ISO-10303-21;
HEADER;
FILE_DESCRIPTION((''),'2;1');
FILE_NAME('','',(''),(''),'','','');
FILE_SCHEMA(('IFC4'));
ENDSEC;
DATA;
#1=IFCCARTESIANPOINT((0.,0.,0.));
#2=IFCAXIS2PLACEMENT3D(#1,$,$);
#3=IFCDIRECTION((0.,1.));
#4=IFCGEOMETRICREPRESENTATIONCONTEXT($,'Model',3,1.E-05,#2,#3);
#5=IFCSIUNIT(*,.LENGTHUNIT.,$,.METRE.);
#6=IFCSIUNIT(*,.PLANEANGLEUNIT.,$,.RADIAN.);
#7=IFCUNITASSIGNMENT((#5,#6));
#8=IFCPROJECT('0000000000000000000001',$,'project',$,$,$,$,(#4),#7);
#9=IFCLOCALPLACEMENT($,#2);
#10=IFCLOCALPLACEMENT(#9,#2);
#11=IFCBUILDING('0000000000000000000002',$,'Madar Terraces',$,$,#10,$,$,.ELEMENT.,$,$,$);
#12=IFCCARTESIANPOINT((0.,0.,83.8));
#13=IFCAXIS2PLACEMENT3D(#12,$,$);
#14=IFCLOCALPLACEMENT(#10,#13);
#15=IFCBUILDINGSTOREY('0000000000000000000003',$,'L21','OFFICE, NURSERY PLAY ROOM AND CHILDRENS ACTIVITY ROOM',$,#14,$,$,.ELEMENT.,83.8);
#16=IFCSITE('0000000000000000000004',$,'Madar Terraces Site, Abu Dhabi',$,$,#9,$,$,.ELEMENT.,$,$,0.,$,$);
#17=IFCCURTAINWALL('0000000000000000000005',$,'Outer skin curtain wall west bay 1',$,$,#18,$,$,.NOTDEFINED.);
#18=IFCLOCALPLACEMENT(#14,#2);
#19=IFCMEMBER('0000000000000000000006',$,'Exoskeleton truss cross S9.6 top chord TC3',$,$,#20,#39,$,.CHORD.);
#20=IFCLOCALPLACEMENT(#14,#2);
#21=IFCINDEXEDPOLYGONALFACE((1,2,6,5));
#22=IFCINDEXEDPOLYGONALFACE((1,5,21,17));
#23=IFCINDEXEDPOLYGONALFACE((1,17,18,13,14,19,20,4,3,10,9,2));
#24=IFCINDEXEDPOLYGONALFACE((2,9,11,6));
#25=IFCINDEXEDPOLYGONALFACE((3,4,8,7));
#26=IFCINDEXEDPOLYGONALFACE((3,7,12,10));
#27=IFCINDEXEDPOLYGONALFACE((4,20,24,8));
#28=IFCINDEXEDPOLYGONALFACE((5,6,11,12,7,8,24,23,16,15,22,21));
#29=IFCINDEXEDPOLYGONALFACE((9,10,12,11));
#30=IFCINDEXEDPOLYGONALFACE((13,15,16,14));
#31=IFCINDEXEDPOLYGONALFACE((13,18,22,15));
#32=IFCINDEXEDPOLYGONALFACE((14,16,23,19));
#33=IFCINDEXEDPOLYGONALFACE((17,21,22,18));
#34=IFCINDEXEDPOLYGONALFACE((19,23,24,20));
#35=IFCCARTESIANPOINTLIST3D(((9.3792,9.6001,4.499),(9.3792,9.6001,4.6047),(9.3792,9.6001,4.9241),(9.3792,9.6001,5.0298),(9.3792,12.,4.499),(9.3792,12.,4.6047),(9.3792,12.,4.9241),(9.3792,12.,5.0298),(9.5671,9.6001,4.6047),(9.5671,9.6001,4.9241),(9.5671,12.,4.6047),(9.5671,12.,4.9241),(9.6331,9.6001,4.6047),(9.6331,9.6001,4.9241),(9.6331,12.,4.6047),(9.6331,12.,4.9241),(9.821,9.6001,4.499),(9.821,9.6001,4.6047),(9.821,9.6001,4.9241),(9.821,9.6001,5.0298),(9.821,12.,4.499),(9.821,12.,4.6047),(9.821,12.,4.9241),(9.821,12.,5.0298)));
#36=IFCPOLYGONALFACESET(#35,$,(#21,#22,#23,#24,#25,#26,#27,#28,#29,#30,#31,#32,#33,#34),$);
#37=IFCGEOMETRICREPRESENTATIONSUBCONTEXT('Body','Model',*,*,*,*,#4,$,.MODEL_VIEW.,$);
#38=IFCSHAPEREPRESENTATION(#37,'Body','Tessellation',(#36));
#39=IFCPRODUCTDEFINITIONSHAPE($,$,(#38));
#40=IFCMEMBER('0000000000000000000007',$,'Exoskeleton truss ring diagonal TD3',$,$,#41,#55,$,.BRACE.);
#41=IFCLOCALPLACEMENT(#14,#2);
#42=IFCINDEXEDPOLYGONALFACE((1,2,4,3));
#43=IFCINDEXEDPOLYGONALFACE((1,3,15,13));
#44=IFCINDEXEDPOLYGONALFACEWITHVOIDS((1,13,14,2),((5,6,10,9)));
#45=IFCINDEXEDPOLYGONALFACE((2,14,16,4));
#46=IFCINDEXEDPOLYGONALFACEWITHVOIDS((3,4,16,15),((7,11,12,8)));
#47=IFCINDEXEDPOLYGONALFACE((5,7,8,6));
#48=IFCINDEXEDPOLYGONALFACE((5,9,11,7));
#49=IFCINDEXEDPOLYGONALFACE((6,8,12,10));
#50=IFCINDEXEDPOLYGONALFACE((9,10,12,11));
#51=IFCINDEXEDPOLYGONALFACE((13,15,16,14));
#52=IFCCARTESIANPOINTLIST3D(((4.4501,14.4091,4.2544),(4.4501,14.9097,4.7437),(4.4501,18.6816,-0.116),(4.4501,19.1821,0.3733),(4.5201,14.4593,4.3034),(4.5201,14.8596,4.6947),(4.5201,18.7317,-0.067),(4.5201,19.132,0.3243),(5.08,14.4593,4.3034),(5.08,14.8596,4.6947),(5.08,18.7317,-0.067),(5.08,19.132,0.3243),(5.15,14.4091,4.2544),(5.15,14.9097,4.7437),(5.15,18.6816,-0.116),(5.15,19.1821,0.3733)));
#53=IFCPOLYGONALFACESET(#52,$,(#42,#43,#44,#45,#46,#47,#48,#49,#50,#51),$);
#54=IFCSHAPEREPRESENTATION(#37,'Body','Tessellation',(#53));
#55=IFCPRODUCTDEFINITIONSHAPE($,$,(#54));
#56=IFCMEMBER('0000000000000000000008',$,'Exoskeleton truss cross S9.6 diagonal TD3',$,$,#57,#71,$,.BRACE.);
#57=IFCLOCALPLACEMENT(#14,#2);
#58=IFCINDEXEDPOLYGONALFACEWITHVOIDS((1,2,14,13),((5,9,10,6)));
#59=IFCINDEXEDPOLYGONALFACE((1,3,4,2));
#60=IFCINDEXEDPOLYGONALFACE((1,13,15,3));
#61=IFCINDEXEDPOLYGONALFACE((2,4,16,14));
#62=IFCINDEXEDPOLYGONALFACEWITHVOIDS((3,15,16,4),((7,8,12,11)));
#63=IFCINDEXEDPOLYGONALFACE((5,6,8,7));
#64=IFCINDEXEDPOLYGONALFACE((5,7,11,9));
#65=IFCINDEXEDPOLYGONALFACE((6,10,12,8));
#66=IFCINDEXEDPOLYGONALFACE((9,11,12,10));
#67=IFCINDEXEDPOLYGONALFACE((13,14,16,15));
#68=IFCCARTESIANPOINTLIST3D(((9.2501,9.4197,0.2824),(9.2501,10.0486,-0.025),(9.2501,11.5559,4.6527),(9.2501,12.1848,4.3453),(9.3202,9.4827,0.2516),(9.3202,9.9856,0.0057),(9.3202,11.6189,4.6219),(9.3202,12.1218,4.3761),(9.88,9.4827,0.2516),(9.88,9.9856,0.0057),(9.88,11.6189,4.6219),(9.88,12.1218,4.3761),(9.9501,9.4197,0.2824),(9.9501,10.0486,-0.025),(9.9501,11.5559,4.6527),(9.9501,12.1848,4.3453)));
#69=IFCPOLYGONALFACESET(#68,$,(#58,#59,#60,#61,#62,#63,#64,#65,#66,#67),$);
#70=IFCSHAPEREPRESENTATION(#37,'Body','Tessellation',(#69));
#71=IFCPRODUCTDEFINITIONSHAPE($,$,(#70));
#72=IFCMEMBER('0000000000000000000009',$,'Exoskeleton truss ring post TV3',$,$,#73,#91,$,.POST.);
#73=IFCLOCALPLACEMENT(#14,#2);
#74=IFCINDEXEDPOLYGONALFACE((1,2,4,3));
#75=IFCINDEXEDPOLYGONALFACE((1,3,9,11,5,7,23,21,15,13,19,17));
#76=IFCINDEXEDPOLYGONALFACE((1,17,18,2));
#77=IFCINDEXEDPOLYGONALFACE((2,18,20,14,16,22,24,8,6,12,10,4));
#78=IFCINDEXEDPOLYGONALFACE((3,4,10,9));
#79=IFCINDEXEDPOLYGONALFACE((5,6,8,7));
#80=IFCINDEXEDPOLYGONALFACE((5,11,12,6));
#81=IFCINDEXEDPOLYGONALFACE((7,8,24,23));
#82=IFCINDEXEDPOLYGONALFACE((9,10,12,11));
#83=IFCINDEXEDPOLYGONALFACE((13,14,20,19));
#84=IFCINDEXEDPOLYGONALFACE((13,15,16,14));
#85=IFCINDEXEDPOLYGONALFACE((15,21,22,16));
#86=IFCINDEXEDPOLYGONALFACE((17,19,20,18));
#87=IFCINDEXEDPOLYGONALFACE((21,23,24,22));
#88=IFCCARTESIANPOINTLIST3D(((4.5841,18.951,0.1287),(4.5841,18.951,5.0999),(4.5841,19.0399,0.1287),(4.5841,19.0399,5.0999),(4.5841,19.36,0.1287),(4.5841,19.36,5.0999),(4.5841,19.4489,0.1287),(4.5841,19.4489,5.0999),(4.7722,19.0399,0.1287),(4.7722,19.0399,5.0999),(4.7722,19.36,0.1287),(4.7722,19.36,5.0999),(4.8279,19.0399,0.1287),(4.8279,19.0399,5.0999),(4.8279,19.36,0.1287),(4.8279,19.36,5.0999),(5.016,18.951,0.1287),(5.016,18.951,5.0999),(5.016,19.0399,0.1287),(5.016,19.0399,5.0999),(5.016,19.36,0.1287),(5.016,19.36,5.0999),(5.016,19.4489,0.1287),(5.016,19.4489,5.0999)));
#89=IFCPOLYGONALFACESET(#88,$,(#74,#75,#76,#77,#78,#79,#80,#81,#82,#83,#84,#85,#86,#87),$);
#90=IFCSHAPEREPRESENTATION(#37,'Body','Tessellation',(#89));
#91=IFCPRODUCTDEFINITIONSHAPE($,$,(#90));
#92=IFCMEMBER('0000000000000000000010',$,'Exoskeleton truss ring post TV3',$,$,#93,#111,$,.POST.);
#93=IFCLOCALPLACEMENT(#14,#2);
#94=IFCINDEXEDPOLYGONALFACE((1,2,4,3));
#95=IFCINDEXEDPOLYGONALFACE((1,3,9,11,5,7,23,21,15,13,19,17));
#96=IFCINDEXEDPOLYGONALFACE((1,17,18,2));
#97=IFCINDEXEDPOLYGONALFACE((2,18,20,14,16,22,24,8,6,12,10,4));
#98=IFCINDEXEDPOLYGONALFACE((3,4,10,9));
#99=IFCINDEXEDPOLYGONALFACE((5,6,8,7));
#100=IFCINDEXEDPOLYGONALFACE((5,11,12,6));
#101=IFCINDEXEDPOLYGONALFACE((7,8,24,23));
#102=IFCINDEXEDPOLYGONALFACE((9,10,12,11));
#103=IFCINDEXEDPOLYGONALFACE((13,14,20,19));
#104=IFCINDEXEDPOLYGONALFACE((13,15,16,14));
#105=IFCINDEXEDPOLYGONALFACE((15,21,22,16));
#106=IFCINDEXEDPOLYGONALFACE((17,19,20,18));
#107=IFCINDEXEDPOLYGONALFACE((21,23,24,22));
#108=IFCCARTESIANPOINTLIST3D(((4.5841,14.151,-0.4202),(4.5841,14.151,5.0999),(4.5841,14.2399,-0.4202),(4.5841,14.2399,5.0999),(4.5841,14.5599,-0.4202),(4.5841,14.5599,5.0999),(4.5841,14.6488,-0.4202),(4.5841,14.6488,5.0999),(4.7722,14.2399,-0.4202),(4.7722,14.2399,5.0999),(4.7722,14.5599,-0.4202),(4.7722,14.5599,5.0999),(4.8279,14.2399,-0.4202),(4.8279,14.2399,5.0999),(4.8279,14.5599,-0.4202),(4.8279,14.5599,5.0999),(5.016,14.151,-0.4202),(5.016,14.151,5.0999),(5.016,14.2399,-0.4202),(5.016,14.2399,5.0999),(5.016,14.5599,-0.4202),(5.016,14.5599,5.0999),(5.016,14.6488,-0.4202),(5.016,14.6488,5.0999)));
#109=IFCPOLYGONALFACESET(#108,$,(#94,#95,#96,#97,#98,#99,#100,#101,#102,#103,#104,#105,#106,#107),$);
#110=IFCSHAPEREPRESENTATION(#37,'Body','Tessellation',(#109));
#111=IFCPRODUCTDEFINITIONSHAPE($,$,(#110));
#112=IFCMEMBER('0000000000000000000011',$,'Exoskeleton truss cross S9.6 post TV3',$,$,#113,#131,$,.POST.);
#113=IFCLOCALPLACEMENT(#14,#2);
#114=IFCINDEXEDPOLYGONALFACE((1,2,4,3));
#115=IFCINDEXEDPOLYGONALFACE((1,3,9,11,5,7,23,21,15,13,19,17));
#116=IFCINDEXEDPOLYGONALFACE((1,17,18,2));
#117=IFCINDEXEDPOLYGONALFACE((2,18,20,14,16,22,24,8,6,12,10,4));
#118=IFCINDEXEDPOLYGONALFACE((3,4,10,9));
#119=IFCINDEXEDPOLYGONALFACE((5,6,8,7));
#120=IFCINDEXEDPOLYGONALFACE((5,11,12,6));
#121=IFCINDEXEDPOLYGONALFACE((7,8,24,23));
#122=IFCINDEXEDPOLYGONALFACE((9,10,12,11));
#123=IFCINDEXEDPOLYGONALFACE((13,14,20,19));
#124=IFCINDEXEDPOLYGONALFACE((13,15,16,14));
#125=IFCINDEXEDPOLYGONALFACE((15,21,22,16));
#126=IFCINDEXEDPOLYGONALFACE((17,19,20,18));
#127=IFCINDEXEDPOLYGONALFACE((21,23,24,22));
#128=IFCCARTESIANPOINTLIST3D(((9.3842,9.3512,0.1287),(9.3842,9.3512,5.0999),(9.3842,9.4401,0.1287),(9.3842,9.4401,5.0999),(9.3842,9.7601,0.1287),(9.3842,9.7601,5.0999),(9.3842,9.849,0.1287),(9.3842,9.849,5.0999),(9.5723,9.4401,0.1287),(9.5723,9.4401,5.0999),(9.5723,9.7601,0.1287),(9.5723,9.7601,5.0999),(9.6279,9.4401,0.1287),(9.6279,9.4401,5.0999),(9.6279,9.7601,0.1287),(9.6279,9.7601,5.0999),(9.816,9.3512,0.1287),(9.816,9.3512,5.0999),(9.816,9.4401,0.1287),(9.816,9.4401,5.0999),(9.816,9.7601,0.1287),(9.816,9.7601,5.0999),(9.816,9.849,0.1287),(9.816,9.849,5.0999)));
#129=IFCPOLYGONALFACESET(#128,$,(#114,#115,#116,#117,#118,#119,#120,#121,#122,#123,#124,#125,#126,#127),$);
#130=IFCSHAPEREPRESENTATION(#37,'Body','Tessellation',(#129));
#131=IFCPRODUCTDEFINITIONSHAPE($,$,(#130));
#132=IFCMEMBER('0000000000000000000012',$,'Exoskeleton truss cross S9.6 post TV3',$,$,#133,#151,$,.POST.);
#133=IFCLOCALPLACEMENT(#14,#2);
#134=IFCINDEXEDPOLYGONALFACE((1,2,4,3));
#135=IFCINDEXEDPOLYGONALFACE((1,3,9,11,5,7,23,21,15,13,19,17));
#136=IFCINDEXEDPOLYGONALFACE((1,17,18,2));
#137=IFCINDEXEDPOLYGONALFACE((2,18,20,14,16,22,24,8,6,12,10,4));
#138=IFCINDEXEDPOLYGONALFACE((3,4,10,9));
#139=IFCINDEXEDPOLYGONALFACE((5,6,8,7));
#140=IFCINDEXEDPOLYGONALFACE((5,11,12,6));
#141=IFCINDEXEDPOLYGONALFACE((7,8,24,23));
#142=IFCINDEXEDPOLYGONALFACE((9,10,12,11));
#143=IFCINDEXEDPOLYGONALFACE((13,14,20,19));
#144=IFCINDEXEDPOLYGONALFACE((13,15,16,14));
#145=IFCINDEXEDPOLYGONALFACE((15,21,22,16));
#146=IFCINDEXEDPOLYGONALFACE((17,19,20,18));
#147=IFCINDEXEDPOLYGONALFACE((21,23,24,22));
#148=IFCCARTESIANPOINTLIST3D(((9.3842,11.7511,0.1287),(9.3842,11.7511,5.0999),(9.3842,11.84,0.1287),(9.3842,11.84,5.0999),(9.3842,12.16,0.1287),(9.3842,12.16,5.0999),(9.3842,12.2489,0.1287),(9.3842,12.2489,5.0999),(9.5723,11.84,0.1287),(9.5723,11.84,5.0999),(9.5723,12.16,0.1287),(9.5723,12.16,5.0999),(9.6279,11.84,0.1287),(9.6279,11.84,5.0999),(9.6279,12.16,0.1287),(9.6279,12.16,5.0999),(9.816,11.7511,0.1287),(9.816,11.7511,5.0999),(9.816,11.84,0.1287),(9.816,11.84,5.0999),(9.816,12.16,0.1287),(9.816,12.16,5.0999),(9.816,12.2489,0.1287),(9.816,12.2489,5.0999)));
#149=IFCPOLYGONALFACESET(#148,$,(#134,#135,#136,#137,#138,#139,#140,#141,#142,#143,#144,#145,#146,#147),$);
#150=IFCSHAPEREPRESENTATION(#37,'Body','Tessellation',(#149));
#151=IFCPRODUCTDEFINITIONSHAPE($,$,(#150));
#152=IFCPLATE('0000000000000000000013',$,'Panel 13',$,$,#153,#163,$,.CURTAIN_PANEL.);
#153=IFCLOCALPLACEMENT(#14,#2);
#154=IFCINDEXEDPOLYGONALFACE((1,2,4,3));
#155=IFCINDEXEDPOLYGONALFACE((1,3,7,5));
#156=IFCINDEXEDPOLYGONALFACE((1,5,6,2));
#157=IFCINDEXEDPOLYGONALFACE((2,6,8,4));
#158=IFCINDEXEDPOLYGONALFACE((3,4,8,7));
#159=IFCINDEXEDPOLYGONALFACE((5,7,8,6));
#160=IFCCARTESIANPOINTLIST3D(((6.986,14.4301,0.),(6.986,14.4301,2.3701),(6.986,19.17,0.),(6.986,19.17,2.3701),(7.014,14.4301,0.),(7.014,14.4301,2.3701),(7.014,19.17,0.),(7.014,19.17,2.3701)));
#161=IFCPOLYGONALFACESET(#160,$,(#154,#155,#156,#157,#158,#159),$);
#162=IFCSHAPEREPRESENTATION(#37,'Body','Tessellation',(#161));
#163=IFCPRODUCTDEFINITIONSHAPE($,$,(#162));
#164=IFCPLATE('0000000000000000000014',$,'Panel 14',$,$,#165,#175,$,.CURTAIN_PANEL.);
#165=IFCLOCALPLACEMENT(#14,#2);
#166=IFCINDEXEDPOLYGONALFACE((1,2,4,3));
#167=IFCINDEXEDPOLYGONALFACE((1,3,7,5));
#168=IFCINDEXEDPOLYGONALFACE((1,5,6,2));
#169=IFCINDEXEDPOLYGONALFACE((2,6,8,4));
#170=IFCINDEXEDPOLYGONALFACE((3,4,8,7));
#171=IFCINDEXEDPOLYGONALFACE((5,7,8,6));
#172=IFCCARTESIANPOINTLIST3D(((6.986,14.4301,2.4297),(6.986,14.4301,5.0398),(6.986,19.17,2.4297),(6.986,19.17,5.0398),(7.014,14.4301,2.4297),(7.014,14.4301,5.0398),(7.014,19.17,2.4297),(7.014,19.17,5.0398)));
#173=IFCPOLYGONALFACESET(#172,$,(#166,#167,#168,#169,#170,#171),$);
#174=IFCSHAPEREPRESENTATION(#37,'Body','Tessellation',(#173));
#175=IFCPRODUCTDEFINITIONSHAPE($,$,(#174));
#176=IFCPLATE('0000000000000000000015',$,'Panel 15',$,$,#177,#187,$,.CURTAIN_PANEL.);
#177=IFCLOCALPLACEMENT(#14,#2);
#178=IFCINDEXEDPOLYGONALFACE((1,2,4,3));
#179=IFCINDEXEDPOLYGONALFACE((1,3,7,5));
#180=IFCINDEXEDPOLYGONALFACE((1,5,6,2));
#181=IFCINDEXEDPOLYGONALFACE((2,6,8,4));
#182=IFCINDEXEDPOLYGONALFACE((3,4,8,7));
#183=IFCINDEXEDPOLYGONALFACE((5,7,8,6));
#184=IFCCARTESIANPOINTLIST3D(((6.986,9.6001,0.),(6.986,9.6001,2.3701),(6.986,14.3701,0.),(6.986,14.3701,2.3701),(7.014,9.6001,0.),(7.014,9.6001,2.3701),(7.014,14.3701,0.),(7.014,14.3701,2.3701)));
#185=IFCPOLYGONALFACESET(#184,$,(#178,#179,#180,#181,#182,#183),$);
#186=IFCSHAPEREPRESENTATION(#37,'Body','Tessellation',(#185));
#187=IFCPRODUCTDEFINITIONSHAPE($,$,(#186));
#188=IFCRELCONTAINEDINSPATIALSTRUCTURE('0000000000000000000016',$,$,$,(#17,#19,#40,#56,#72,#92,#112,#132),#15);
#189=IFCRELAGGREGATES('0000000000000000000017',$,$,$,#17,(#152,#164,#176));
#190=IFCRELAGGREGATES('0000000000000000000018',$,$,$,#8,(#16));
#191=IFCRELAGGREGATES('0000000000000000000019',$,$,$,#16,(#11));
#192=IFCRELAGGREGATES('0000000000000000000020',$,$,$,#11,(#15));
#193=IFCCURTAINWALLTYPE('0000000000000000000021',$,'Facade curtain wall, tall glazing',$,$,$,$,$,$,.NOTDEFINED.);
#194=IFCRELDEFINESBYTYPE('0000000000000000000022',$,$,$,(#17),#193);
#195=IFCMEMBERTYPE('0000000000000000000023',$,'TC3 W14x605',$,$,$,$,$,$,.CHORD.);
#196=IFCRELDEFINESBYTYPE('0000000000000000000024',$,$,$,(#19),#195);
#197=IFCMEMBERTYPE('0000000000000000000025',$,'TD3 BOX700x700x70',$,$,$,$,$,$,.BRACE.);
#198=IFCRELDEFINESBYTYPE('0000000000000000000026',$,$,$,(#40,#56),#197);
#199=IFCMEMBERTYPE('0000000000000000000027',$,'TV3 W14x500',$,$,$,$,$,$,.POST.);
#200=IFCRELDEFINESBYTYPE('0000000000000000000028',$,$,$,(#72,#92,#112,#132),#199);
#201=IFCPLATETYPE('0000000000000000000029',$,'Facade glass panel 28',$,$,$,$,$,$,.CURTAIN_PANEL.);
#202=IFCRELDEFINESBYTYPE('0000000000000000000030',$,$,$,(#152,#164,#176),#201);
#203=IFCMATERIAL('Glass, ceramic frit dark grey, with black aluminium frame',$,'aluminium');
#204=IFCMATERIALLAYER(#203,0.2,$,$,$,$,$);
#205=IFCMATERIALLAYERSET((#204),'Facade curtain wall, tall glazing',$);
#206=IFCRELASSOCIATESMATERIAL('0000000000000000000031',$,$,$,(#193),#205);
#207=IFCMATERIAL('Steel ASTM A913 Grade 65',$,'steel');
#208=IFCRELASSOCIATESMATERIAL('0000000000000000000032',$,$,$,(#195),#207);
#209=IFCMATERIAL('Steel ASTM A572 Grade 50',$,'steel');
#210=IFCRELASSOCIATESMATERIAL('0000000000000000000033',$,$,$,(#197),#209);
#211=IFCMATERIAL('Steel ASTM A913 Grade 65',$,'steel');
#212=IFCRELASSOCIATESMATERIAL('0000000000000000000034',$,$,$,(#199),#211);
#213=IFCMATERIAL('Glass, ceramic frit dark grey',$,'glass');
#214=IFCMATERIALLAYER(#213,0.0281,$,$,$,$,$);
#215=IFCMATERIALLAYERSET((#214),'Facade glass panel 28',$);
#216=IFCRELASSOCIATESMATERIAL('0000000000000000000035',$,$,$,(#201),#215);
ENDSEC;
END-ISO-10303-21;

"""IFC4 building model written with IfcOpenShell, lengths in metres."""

from ifc_helpers import new_model, si_unit, direction, frame, origin, origin_2d, place, context, subcontext, project, spatial, rectangle, hollow_rectangle, i_section, extrude, material, layer, layer_set, material_profile, profile_set, type_object, element, aggregate, save


model = new_model("IFC4")

# Units and contexts
model_context = context("Model", 3, precision=1e-05, world=origin(), true_north=direction((0.0, 1.0)))
body_context = subcontext(model_context, "Body", "Model", "MODEL_VIEW")
ifc_project = project(units=[si_unit("LENGTHUNIT", "METRE"), si_unit("PLANEANGLEUNIT", "RADIAN")], contexts=[model_context])

# Site, building, storey
site_placement = place(None, origin())
site = spatial("IfcSite", under=ifc_project, at=site_placement, Name="Madar Terraces Site, Abu Dhabi", CompositionType="ELEMENT", RefElevation=0.0)
building_placement = place(site_placement, origin())
building = spatial("IfcBuilding", under=site, at=building_placement, Name="Madar Terraces", CompositionType="ELEMENT")
storey_placement = place(building_placement, frame((0.0, 0.0, 83.8)))
storey = spatial("IfcBuildingStorey", under=building, at=storey_placement, Name="L21", Description="OFFICE, NURSERY PLAY ROOM AND CHILDRENS ACTIVITY ROOM", CompositionType="ELEMENT", Elevation=83.8)

# Curtain wall
ifc_material_1 = material(Name="Glass, ceramic frit dark grey, with black aluminium frame", Category="aluminium")
ifc_layer_1 = layer(ifc_material_1, 0.2)
ifc_layer_set_1 = layer_set([ifc_layer_1], Name="Facade curtain wall, tall glazing")
curtain_wall_type = type_object("IfcCurtainWallType", Name="Facade curtain wall, tall glazing", PredefinedType="NOTDEFINED", material=ifc_layer_set_1)
curtain_wall_1_placement = place(storey_placement, origin())
curtain_wall_1 = element("IfcCurtainWall", 1, at=curtain_wall_1_placement, inside=storey, type_object=curtain_wall_type, Name="Outer skin curtain wall west bay 1", PredefinedType="NOTDEFINED")

# Members
ifc_material_2 = material(Name="Steel ASTM A913 Grade 65", Category="steel")
ifc_material_profile_1 = material_profile(ifc_material_2, i_section(OverallWidth=0.4419, OverallDepth=0.5308, WebThickness=0.0659, FlangeThickness=0.1057, at=origin_2d()), Name="W14x605")
ifc_profile_set_1 = profile_set([ifc_material_profile_1], Name="Steel ASTM A913 Grade 65")
member_type_1 = type_object("IfcMemberType", Name="TC3 W14x605", PredefinedType="CHORD", material=ifc_profile_set_1)
member_1_placement = place(storey_placement, frame((9.6001, 9.6001, 4.7644), z_axis=(0.0, 1.0, 0.0), x_axis=(-1.0, 0.0, 0.0)))
element("IfcMember", 2, at=member_1_placement, inside=storey, type_object=member_type_1, Name="Exoskeleton truss cross S9.6 top chord TC3", PredefinedType="CHORD", context=body_context, shape_type="SweptSolid", body=[
    extrude(i_section(OverallWidth=0.4419, OverallDepth=0.5308, WebThickness=0.0659, FlangeThickness=0.1057, at=origin_2d()), origin(), (0.0, 0.0, 1.0), 2.3999),
])
ifc_material_3 = material(Name="Steel ASTM A572 Grade 50", Category="steel")
ifc_material_profile_2 = material_profile(ifc_material_3, hollow_rectangle(XDim=0.7, YDim=0.7, WallThickness=0.0701, at=origin_2d()), Name="BOX700x700x70")
ifc_profile_set_2 = profile_set([ifc_material_profile_2], Name="Steel ASTM A572 Grade 50")
member_type_2 = type_object("IfcMemberType", Name="TD3 BOX700x700x70", PredefinedType="BRACE", material=ifc_profile_set_2)
member_2_placement = place(storey_placement, frame((4.8, 18.9319, 0.1287), z_axis=(0.0, -0.699052, 0.715071), x_axis=(1.0, 0.0, 0.0)))
element("IfcMember", 3, at=member_2_placement, inside=storey, type_object=member_type_2, Name="Exoskeleton truss ring diagonal TD3", PredefinedType="BRACE", context=body_context, shape_type="SweptSolid", body=[
    extrude(hollow_rectangle(XDim=0.7, YDim=0.7, WallThickness=0.0701, at=origin_2d()), origin(), (0.0, 0.0, 1.0), 6.1118),
])
member_3_placement = place(storey_placement, frame((9.6001, 9.7341, 0.1287), z_axis=(0.0, 0.439145, 0.898416), x_axis=(-1.0, 0.0, 0.0)))
element("IfcMember", 4, at=member_3_placement, inside=storey, type_object=member_type_2, Name="Exoskeleton truss cross S9.6 diagonal TD3", PredefinedType="BRACE", context=body_context, shape_type="SweptSolid", body=[
    extrude(hollow_rectangle(XDim=0.7, YDim=0.7, WallThickness=0.0701, at=origin_2d()), origin(), (0.0, 0.0, 1.0), 4.8645),
])
ifc_material_4 = material(Name="Steel ASTM A913 Grade 65", Category="steel")
ifc_material_profile_3 = material_profile(ifc_material_4, i_section(OverallWidth=0.4319, OverallDepth=0.4978, WebThickness=0.0557, FlangeThickness=0.0889, at=origin_2d()), Name="W14x500")
ifc_profile_set_3 = profile_set([ifc_material_profile_3], Name="Steel ASTM A913 Grade 65")
member_type_3 = type_object("IfcMemberType", Name="TV3 W14x500", PredefinedType="POST", material=ifc_profile_set_3)
member_4_placement = place(storey_placement, frame((4.8, 19.2, 0.1287), z_axis=(0.0, 0.0, 1.0), x_axis=(1.0, 0.0, 0.0)))
element("IfcMember", 5, at=member_4_placement, inside=storey, type_object=member_type_3, Name="Exoskeleton truss ring post TV3", PredefinedType="POST", context=body_context, shape_type="SweptSolid", body=[
    extrude(i_section(OverallWidth=0.4319, OverallDepth=0.4978, WebThickness=0.0557, FlangeThickness=0.0889, at=origin_2d()), origin(), (0.0, 0.0, 1.0), 4.9712),
])
member_5_placement = place(storey_placement, frame((4.8, 14.3999, -0.4202), z_axis=(0.0, 0.0, 1.0), x_axis=(1.0, 0.0, 0.0)))
element("IfcMember", 6, at=member_5_placement, inside=storey, type_object=member_type_3, Name="Exoskeleton truss ring post TV3", PredefinedType="POST", context=body_context, shape_type="SweptSolid", body=[
    extrude(i_section(OverallWidth=0.4319, OverallDepth=0.4978, WebThickness=0.0557, FlangeThickness=0.0889, at=origin_2d()), origin(), (0.0, 0.0, 1.0), 5.52),
])
for number, where, z_axis, x_axis, name in (
    (7, (9.6001, 9.6001, 0.1287), (0.0, 0.0, 1.0), (-1.0, 0.0, 0.0), "Exoskeleton truss cross S9.6 post TV3"),
    (8, (9.6001, 12.0, 0.1287), (0.0, 0.0, 1.0), (-1.0, 0.0, 0.0), "Exoskeleton truss cross S9.6 post TV3"),
):
    element("IfcMember", number, at=place(storey_placement, frame(where, z_axis=z_axis, x_axis=x_axis)), inside=storey, type_object=member_type_3, Name=name, PredefinedType="POST", context=body_context, shape_type="SweptSolid", body=[
        extrude(i_section(OverallWidth=0.4319, OverallDepth=0.4978, WebThickness=0.0557, FlangeThickness=0.0889, at=origin_2d()), origin(), (0.0, 0.0, 1.0), 4.9712),
    ])

# Plates
ifc_material_5 = material(Name="Glass, ceramic frit dark grey", Category="glass")
ifc_layer_2 = layer(ifc_material_5, 0.0281)
ifc_layer_set_2 = layer_set([ifc_layer_2], Name="Facade glass panel 28")
plate_type = type_object("IfcPlateType", Name="Facade glass panel 28", PredefinedType="CURTAIN_PANEL", material=ifc_layer_set_2)
plate_1_placement = place(storey_placement, frame((7.0, 16.8, 0.0), z_axis=(0.0, 0.0, 1.0), x_axis=(0.0, -1.0, 0.0)))
plate_1 = element("IfcPlate", 9, at=plate_1_placement, type_object=plate_type, Name="Panel 13", PredefinedType="CURTAIN_PANEL", context=body_context, shape_type="SweptSolid", body=[
    extrude(rectangle(XDim=4.74, YDim=0.0281, at=origin_2d()), origin(), (0.0, 0.0, 1.0), 2.3701),
])
plate_2_placement = place(storey_placement, frame((7.0, 16.8, 2.4297), z_axis=(0.0, 0.0, 1.0), x_axis=(0.0, -1.0, 0.0)))
plate_2 = element("IfcPlate", 10, at=plate_2_placement, type_object=plate_type, Name="Panel 14", PredefinedType="CURTAIN_PANEL", context=body_context, shape_type="SweptSolid", body=[
    extrude(rectangle(XDim=4.74, YDim=0.0281, at=origin_2d()), origin(), (0.0, 0.0, 1.0), 2.6101),
])
plate_3_placement = place(storey_placement, frame((7.0, 11.9851, 0.0), z_axis=(0.0, 0.0, 1.0), x_axis=(0.0, -1.0, 0.0)))
plate_3 = element("IfcPlate", 11, at=plate_3_placement, type_object=plate_type, Name="Panel 15", PredefinedType="CURTAIN_PANEL", context=body_context, shape_type="SweptSolid", body=[
    extrude(rectangle(XDim=4.77, YDim=0.0281, at=origin_2d()), origin(), (0.0, 0.0, 1.0), 2.3701),
])
aggregate(curtain_wall_1, [plate_1, plate_2, plate_3])

save(model, "model.ifc")
